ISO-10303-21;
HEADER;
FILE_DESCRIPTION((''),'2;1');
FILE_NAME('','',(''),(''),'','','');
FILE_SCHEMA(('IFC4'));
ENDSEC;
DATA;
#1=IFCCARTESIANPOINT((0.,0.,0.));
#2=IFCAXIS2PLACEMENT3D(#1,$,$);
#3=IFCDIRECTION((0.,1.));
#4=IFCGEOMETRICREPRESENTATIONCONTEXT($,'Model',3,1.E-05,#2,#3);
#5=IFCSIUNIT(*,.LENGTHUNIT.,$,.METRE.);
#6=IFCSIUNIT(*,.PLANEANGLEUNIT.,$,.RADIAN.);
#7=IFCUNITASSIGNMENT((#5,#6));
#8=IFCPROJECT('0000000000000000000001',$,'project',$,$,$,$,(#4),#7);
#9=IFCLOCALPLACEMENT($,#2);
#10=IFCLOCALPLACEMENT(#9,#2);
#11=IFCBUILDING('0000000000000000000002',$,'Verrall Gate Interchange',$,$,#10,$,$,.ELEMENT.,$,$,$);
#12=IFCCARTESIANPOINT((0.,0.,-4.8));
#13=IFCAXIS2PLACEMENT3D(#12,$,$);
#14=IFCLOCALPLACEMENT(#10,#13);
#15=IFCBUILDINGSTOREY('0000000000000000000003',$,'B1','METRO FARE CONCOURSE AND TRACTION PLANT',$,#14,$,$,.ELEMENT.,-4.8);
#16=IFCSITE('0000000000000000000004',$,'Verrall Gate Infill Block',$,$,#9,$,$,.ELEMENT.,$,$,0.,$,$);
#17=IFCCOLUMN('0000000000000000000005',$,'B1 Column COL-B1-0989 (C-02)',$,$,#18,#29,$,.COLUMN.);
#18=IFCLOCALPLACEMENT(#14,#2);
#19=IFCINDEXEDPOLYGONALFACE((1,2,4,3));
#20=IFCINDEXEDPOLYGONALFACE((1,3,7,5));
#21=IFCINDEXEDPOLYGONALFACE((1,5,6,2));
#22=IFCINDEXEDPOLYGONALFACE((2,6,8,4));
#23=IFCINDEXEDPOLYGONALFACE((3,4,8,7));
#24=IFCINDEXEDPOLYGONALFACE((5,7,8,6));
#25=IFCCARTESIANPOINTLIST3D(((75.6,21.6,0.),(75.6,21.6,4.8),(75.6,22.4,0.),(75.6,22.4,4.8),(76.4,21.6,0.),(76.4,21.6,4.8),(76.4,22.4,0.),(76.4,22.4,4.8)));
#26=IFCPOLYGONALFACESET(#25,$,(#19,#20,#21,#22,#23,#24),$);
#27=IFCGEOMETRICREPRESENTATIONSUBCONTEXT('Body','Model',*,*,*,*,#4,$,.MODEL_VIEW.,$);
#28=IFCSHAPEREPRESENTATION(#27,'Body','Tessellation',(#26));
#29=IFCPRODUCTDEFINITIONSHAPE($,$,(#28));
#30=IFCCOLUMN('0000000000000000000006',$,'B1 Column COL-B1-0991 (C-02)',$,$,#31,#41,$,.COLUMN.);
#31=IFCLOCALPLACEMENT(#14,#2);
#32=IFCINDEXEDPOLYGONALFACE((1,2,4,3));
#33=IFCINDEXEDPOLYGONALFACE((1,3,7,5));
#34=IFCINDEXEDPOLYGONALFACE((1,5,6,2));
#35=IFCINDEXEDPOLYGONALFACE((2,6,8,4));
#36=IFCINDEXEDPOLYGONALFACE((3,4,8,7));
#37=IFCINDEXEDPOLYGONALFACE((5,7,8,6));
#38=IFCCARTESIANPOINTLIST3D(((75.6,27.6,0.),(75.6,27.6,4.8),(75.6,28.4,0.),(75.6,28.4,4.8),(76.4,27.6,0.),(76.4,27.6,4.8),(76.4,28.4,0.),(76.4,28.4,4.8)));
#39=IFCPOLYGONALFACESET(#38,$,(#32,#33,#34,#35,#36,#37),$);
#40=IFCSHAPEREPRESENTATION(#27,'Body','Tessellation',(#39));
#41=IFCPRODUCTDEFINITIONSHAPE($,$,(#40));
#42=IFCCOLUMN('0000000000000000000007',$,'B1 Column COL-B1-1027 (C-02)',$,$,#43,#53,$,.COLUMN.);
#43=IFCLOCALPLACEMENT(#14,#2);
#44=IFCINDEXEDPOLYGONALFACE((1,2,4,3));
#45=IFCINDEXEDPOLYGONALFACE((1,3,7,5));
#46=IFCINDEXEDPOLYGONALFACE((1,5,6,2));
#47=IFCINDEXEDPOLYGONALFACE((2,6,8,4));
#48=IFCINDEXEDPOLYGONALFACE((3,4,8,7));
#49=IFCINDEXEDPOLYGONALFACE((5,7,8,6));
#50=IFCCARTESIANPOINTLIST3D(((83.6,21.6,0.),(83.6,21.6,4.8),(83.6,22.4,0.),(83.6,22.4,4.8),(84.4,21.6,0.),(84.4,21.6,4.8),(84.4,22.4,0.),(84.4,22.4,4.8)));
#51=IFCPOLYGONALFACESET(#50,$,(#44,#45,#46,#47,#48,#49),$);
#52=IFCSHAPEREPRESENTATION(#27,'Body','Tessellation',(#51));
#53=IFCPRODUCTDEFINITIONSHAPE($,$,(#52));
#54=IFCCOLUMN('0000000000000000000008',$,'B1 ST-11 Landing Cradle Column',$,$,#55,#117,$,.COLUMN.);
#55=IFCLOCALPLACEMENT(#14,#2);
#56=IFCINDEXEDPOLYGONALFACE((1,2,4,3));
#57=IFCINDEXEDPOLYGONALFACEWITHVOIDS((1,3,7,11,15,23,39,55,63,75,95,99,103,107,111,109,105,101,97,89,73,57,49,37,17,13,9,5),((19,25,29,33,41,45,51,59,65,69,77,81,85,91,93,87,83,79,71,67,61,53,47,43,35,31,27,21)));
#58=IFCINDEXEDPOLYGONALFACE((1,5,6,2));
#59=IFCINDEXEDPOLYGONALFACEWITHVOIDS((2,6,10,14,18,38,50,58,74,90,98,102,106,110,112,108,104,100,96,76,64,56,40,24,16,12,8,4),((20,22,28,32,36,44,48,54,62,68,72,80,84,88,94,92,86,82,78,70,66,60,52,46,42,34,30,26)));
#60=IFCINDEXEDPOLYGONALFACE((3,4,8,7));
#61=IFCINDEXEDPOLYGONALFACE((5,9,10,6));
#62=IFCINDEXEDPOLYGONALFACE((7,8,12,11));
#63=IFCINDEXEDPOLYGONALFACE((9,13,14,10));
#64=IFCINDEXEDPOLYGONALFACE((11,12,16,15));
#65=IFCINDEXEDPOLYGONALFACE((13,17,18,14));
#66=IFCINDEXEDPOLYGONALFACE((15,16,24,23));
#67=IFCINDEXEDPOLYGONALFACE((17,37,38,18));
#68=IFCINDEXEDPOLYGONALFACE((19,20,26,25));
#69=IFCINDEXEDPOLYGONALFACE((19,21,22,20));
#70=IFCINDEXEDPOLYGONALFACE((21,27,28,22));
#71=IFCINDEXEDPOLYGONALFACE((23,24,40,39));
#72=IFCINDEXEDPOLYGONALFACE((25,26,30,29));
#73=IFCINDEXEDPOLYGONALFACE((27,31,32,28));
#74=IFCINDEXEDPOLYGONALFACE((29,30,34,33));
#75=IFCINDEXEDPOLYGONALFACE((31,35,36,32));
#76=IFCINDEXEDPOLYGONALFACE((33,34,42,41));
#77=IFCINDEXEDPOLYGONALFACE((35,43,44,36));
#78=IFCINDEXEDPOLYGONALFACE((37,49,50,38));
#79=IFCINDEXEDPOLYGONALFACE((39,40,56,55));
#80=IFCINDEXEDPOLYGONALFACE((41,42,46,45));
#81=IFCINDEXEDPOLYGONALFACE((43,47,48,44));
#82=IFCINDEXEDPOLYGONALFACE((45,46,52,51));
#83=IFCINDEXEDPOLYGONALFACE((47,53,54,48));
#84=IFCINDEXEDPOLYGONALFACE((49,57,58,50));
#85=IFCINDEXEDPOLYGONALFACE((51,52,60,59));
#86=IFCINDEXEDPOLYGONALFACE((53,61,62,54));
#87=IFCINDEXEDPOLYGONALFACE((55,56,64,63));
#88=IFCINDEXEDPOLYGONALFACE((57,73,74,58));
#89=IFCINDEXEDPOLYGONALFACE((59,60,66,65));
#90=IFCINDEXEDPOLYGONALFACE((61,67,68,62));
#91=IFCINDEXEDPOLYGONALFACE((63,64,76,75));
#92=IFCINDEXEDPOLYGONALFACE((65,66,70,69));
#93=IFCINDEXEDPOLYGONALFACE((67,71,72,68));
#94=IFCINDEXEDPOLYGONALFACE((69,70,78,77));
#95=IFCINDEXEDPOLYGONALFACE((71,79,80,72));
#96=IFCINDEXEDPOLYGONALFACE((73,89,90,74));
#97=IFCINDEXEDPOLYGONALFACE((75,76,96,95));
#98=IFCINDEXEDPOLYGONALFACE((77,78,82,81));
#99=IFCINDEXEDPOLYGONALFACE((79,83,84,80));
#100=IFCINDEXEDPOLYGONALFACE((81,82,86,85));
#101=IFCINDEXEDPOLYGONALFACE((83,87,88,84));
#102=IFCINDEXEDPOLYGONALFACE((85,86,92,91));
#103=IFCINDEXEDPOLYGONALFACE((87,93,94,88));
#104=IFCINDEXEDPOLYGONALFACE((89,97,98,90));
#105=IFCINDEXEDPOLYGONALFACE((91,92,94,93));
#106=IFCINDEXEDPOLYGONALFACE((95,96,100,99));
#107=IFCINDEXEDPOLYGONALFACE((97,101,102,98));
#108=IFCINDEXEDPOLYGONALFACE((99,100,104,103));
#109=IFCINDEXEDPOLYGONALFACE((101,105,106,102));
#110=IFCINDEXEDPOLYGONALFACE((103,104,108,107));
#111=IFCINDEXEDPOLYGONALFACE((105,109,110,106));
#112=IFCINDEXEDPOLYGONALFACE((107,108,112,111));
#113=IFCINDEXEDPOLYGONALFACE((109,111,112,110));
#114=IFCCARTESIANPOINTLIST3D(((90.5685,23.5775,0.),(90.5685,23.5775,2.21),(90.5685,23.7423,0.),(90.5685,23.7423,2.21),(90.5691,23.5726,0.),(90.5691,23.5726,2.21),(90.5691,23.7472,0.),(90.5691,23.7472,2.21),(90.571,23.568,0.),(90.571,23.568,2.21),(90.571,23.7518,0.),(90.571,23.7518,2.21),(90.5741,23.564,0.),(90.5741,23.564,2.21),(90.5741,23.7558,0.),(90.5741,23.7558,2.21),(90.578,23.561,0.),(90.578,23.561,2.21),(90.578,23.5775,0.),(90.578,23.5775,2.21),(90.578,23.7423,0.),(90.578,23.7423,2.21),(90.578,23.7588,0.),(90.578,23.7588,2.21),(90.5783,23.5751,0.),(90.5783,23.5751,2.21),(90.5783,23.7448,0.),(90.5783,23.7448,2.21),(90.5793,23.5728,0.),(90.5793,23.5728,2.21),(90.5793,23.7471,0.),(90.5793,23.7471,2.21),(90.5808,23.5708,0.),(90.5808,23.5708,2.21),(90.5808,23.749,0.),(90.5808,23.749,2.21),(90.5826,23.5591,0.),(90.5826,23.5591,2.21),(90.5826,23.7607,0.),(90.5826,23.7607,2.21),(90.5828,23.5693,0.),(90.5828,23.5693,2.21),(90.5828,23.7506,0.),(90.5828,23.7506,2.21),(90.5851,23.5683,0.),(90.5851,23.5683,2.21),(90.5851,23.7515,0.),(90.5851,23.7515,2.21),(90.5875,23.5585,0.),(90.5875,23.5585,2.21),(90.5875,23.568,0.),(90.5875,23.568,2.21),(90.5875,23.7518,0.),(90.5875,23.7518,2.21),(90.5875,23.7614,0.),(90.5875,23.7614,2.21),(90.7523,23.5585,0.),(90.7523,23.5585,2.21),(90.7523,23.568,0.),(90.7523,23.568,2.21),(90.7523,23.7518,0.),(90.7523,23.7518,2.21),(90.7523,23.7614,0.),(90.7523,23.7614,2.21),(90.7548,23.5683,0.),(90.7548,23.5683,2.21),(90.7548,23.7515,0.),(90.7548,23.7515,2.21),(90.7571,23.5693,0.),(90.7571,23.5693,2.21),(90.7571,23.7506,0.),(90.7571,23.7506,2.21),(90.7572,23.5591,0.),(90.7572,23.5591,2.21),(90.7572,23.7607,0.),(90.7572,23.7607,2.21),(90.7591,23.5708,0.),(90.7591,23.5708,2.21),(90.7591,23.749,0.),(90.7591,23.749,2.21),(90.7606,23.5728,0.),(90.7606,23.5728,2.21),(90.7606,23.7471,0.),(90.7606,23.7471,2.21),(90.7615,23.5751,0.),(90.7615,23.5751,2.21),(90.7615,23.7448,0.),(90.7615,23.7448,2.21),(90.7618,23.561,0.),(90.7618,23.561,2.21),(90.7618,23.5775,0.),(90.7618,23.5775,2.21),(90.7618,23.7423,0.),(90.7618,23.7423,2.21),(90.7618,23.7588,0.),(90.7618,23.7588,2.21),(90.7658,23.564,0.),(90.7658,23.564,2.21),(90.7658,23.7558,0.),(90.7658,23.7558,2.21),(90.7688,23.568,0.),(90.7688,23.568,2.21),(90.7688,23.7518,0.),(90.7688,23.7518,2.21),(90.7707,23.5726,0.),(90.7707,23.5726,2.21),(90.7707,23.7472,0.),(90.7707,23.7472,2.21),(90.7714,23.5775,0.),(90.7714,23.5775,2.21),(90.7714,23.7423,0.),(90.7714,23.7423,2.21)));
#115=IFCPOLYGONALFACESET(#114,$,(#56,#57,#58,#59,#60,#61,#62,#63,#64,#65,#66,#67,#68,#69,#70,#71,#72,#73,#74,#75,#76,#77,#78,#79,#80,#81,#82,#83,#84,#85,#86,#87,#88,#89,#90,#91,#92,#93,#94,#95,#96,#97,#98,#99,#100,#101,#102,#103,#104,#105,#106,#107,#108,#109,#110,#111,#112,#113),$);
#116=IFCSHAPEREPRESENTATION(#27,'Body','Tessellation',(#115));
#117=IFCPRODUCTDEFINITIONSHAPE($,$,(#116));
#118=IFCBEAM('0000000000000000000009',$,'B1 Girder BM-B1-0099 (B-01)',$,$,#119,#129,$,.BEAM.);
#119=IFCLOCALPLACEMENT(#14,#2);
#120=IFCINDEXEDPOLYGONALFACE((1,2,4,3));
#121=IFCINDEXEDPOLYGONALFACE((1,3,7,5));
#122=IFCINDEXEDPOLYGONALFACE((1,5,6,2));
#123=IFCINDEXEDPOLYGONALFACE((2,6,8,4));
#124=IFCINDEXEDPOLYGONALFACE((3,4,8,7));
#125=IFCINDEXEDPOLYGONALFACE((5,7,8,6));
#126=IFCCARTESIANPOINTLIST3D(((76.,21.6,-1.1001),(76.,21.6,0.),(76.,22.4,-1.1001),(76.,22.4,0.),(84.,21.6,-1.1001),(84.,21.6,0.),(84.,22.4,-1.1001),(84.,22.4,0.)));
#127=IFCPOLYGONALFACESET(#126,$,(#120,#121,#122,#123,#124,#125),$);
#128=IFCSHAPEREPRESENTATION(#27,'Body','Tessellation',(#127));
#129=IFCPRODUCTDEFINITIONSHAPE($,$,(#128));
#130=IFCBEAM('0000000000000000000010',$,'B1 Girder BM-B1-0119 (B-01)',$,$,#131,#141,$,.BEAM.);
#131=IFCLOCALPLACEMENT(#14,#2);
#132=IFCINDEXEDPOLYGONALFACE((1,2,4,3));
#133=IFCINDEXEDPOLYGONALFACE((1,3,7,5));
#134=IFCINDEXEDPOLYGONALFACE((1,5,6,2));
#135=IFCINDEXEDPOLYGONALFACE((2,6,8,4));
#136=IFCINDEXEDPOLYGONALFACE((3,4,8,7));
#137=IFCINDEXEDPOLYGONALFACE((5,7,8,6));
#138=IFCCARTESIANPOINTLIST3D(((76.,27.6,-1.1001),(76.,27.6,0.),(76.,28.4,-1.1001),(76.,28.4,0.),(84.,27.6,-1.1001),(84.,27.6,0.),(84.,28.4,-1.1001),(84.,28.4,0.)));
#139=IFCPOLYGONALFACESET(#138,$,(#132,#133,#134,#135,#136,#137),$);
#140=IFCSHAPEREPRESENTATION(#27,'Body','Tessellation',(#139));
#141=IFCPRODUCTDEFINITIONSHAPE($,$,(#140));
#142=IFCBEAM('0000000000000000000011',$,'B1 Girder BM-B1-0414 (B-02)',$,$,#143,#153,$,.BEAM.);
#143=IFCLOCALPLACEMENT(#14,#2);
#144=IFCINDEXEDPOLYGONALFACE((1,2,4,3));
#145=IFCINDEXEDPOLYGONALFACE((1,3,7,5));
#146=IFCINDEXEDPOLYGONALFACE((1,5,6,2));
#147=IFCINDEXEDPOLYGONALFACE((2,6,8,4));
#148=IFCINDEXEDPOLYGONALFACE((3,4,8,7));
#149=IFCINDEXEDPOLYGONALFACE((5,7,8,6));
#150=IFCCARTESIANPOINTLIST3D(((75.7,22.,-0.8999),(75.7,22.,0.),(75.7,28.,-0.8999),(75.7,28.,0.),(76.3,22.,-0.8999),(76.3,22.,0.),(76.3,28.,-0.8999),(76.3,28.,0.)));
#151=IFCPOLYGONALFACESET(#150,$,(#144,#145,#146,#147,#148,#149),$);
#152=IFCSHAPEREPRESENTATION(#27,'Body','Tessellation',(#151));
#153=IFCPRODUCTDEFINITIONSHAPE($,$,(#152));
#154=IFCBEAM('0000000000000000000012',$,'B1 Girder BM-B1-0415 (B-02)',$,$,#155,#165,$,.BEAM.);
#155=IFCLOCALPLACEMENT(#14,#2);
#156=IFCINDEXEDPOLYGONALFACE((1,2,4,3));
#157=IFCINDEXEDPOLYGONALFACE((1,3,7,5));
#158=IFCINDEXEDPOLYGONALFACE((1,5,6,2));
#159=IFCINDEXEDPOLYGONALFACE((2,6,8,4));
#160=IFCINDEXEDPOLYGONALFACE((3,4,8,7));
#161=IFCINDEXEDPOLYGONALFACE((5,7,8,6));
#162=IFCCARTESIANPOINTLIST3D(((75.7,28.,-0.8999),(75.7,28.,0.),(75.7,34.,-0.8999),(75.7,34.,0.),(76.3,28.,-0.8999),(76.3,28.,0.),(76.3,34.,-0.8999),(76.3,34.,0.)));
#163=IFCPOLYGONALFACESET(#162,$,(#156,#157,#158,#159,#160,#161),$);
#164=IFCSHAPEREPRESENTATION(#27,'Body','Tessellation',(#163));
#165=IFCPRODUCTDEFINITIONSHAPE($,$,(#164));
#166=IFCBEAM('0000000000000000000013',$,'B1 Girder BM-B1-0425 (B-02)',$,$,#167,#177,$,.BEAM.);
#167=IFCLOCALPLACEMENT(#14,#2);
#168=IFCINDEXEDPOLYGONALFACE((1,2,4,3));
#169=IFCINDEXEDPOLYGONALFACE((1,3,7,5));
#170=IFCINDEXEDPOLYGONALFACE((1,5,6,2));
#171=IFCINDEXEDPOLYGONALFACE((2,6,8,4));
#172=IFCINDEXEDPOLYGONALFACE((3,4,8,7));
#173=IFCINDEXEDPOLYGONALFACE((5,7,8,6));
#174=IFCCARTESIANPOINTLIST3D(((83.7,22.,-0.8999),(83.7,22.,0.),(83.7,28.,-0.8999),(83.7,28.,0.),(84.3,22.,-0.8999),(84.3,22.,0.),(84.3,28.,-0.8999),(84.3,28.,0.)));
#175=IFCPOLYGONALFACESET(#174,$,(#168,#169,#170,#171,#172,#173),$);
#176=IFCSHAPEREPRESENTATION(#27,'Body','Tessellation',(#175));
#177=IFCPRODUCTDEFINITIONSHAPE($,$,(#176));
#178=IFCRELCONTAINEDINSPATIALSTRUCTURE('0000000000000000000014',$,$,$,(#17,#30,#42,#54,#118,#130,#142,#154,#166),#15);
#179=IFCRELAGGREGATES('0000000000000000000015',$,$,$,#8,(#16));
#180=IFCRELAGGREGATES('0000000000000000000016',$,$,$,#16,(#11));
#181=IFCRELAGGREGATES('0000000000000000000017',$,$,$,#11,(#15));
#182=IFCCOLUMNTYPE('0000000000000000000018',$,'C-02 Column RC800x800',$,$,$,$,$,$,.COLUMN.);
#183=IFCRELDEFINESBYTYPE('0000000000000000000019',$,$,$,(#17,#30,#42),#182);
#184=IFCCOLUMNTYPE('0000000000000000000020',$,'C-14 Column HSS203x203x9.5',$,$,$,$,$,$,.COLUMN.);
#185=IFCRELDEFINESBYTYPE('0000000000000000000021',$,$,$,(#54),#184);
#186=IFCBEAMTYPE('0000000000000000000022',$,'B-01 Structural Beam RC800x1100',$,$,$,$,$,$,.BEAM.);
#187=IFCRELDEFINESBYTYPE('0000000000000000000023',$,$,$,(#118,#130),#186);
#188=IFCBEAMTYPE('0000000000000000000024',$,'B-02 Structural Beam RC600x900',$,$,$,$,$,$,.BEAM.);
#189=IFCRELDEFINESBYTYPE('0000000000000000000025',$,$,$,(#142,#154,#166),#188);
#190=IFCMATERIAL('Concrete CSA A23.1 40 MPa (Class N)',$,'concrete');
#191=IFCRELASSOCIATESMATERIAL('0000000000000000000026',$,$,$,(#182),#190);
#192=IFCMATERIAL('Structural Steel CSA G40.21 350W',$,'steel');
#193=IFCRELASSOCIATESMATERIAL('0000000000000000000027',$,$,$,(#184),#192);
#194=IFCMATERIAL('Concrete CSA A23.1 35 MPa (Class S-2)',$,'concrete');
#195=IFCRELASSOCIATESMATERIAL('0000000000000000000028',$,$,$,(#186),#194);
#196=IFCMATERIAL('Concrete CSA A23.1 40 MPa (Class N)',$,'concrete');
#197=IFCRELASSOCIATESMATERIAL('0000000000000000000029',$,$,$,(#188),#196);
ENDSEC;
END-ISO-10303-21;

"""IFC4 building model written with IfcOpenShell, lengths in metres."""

from ifc_helpers import new_model, si_unit, direction, frame, origin, origin_2d, place, context, subcontext, project, spatial, rectangle, hollow_rectangle, extrude, material, material_profile, profile_set, type_object, element, save


model = new_model("IFC4")

# Units and contexts
model_context = context("Model", 3, precision=1e-05, world=origin(), true_north=direction((0.0, 1.0)))
body_context = subcontext(model_context, "Body", "Model", "MODEL_VIEW")
ifc_project = project(units=[si_unit("LENGTHUNIT", "METRE"), si_unit("PLANEANGLEUNIT", "RADIAN")], contexts=[model_context])

# Site, building, storey
site_placement = place(None, origin())
site = spatial("IfcSite", under=ifc_project, at=site_placement, Name="Verrall Gate Infill Block", CompositionType="ELEMENT", RefElevation=0.0)
building_placement = place(site_placement, origin())
building = spatial("IfcBuilding", under=site, at=building_placement, Name="Verrall Gate Interchange", CompositionType="ELEMENT")
storey_placement = place(building_placement, frame((0.0, 0.0, -4.8)))
storey = spatial("IfcBuildingStorey", under=building, at=storey_placement, Name="B1", Description="METRO FARE CONCOURSE AND TRACTION PLANT", CompositionType="ELEMENT", Elevation=-4.8)

# Columns
ifc_material_1 = material(Name="Concrete CSA A23.1 40 MPa (Class N)", Category="concrete")
ifc_material_profile_1 = material_profile(ifc_material_1, rectangle(XDim=0.8, YDim=0.8, at=origin_2d()), Name="RC800x800")
ifc_profile_set_1 = profile_set([ifc_material_profile_1], Name="Concrete CSA A23.1 40 MPa (Class N)")
column_type_1 = type_object("IfcColumnType", Name="C-02 Column RC800x800", PredefinedType="COLUMN", material=ifc_profile_set_1)
for number, where, z_axis, x_axis, name in (
    (1, (76.0, 22.0, 0.0), (0.0, 0.0, 1.0), (1.0, 0.0, 0.0), "B1 Column COL-B1-0989 (C-02)"),
    (2, (76.0, 28.0, 0.0), (0.0, 0.0, 1.0), (1.0, 0.0, 0.0), "B1 Column COL-B1-0991 (C-02)"),
    (3, (84.0, 22.0, 0.0), (0.0, 0.0, 1.0), (1.0, 0.0, 0.0), "B1 Column COL-B1-1027 (C-02)"),
):
    element("IfcColumn", number, at=place(storey_placement, frame(where, z_axis=z_axis, x_axis=x_axis)), inside=storey, type_object=column_type_1, Name=name, PredefinedType="COLUMN", context=body_context, shape_type="SweptSolid", body=[
        extrude(rectangle(XDim=0.8, YDim=0.8, at=origin_2d()), origin(), (0.0, 0.0, 1.0), 4.8),
    ])
ifc_material_2 = material(Name="Structural Steel CSA G40.21 350W", Category="steel")
ifc_material_profile_2 = material_profile(ifc_material_2, hollow_rectangle(XDim=0.2029, YDim=0.2029, WallThickness=0.0095, InnerFilletRadius=0.0095, OuterFilletRadius=0.019, at=origin_2d()), Name="HSS203x203x9.5")
ifc_profile_set_2 = profile_set([ifc_material_profile_2], Name="Structural Steel CSA G40.21 350W")
column_type_2 = type_object("IfcColumnType", Name="C-14 Column HSS203x203x9.5", PredefinedType="COLUMN", material=ifc_profile_set_2)
column_placement = place(storey_placement, frame((90.6699, 23.6599, 0.0), z_axis=(0.0, 0.0, 1.0), x_axis=(1.0, 0.0, 0.0)))
element("IfcColumn", 4, at=column_placement, inside=storey, type_object=column_type_2, Name="B1 ST-11 Landing Cradle Column", PredefinedType="COLUMN", context=body_context, shape_type="SweptSolid", body=[
    extrude(hollow_rectangle(XDim=0.2029, YDim=0.2029, WallThickness=0.0095, InnerFilletRadius=0.0095, OuterFilletRadius=0.019, at=origin_2d()), origin(), (0.0, 0.0, 1.0), 2.21),
])

# Beams
ifc_material_3 = material(Name="Concrete CSA A23.1 35 MPa (Class S-2)", Category="concrete")
ifc_material_profile_3 = material_profile(ifc_material_3, rectangle(XDim=0.8, YDim=1.1001, at=origin_2d()), Name="RC800x1100")
ifc_profile_set_3 = profile_set([ifc_material_profile_3], Name="Concrete CSA A23.1 35 MPa (Class S-2)")
beam_type_1 = type_object("IfcBeamType", Name="B-01 Structural Beam RC800x1100", PredefinedType="BEAM", material=ifc_profile_set_3)
for number, where, z_axis, x_axis, name in (
    (5, (76.0, 22.0, -0.55), (1.0, 0.0, 0.0), (0.0, 1.0, 0.0), "B1 Girder BM-B1-0099 (B-01)"),
    (6, (76.0, 28.0, -0.55), (1.0, 0.0, 0.0), (0.0, 1.0, 0.0), "B1 Girder BM-B1-0119 (B-01)"),
):
    element("IfcBeam", number, at=place(storey_placement, frame(where, z_axis=z_axis, x_axis=x_axis)), inside=storey, type_object=beam_type_1, Name=name, PredefinedType="BEAM", context=body_context, shape_type="SweptSolid", body=[
        extrude(rectangle(XDim=0.8, YDim=1.1001, at=origin_2d()), origin(), (0.0, 0.0, 1.0), 8.0),
    ])
ifc_material_4 = material(Name="Concrete CSA A23.1 40 MPa (Class N)", Category="concrete")
ifc_material_profile_4 = material_profile(ifc_material_4, rectangle(XDim=0.6001, YDim=0.8999, at=origin_2d()), Name="RC600x900")
ifc_profile_set_4 = profile_set([ifc_material_profile_4], Name="Concrete CSA A23.1 40 MPa (Class N)")
beam_type_2 = type_object("IfcBeamType", Name="B-02 Structural Beam RC600x900", PredefinedType="BEAM", material=ifc_profile_set_4)
for number, where, z_axis, x_axis, name in (
    (7, (76.0, 22.0, -0.45), (0.0, 1.0, 0.0), (-1.0, 0.0, 0.0), "B1 Girder BM-B1-0414 (B-02)"),
    (8, (76.0, 28.0, -0.45), (0.0, 1.0, 0.0), (-1.0, 0.0, 0.0), "B1 Girder BM-B1-0415 (B-02)"),
    (9, (84.0, 22.0, -0.45), (0.0, 1.0, 0.0), (-1.0, 0.0, 0.0), "B1 Girder BM-B1-0425 (B-02)"),
):
    element("IfcBeam", number, at=place(storey_placement, frame(where, z_axis=z_axis, x_axis=x_axis)), inside=storey, type_object=beam_type_2, Name=name, PredefinedType="BEAM", context=body_context, shape_type="SweptSolid", body=[
        extrude(rectangle(XDim=0.6001, YDim=0.8999, at=origin_2d()), origin(), (0.0, 0.0, 1.0), 6.0),
    ])

save(model, "model.ifc")
